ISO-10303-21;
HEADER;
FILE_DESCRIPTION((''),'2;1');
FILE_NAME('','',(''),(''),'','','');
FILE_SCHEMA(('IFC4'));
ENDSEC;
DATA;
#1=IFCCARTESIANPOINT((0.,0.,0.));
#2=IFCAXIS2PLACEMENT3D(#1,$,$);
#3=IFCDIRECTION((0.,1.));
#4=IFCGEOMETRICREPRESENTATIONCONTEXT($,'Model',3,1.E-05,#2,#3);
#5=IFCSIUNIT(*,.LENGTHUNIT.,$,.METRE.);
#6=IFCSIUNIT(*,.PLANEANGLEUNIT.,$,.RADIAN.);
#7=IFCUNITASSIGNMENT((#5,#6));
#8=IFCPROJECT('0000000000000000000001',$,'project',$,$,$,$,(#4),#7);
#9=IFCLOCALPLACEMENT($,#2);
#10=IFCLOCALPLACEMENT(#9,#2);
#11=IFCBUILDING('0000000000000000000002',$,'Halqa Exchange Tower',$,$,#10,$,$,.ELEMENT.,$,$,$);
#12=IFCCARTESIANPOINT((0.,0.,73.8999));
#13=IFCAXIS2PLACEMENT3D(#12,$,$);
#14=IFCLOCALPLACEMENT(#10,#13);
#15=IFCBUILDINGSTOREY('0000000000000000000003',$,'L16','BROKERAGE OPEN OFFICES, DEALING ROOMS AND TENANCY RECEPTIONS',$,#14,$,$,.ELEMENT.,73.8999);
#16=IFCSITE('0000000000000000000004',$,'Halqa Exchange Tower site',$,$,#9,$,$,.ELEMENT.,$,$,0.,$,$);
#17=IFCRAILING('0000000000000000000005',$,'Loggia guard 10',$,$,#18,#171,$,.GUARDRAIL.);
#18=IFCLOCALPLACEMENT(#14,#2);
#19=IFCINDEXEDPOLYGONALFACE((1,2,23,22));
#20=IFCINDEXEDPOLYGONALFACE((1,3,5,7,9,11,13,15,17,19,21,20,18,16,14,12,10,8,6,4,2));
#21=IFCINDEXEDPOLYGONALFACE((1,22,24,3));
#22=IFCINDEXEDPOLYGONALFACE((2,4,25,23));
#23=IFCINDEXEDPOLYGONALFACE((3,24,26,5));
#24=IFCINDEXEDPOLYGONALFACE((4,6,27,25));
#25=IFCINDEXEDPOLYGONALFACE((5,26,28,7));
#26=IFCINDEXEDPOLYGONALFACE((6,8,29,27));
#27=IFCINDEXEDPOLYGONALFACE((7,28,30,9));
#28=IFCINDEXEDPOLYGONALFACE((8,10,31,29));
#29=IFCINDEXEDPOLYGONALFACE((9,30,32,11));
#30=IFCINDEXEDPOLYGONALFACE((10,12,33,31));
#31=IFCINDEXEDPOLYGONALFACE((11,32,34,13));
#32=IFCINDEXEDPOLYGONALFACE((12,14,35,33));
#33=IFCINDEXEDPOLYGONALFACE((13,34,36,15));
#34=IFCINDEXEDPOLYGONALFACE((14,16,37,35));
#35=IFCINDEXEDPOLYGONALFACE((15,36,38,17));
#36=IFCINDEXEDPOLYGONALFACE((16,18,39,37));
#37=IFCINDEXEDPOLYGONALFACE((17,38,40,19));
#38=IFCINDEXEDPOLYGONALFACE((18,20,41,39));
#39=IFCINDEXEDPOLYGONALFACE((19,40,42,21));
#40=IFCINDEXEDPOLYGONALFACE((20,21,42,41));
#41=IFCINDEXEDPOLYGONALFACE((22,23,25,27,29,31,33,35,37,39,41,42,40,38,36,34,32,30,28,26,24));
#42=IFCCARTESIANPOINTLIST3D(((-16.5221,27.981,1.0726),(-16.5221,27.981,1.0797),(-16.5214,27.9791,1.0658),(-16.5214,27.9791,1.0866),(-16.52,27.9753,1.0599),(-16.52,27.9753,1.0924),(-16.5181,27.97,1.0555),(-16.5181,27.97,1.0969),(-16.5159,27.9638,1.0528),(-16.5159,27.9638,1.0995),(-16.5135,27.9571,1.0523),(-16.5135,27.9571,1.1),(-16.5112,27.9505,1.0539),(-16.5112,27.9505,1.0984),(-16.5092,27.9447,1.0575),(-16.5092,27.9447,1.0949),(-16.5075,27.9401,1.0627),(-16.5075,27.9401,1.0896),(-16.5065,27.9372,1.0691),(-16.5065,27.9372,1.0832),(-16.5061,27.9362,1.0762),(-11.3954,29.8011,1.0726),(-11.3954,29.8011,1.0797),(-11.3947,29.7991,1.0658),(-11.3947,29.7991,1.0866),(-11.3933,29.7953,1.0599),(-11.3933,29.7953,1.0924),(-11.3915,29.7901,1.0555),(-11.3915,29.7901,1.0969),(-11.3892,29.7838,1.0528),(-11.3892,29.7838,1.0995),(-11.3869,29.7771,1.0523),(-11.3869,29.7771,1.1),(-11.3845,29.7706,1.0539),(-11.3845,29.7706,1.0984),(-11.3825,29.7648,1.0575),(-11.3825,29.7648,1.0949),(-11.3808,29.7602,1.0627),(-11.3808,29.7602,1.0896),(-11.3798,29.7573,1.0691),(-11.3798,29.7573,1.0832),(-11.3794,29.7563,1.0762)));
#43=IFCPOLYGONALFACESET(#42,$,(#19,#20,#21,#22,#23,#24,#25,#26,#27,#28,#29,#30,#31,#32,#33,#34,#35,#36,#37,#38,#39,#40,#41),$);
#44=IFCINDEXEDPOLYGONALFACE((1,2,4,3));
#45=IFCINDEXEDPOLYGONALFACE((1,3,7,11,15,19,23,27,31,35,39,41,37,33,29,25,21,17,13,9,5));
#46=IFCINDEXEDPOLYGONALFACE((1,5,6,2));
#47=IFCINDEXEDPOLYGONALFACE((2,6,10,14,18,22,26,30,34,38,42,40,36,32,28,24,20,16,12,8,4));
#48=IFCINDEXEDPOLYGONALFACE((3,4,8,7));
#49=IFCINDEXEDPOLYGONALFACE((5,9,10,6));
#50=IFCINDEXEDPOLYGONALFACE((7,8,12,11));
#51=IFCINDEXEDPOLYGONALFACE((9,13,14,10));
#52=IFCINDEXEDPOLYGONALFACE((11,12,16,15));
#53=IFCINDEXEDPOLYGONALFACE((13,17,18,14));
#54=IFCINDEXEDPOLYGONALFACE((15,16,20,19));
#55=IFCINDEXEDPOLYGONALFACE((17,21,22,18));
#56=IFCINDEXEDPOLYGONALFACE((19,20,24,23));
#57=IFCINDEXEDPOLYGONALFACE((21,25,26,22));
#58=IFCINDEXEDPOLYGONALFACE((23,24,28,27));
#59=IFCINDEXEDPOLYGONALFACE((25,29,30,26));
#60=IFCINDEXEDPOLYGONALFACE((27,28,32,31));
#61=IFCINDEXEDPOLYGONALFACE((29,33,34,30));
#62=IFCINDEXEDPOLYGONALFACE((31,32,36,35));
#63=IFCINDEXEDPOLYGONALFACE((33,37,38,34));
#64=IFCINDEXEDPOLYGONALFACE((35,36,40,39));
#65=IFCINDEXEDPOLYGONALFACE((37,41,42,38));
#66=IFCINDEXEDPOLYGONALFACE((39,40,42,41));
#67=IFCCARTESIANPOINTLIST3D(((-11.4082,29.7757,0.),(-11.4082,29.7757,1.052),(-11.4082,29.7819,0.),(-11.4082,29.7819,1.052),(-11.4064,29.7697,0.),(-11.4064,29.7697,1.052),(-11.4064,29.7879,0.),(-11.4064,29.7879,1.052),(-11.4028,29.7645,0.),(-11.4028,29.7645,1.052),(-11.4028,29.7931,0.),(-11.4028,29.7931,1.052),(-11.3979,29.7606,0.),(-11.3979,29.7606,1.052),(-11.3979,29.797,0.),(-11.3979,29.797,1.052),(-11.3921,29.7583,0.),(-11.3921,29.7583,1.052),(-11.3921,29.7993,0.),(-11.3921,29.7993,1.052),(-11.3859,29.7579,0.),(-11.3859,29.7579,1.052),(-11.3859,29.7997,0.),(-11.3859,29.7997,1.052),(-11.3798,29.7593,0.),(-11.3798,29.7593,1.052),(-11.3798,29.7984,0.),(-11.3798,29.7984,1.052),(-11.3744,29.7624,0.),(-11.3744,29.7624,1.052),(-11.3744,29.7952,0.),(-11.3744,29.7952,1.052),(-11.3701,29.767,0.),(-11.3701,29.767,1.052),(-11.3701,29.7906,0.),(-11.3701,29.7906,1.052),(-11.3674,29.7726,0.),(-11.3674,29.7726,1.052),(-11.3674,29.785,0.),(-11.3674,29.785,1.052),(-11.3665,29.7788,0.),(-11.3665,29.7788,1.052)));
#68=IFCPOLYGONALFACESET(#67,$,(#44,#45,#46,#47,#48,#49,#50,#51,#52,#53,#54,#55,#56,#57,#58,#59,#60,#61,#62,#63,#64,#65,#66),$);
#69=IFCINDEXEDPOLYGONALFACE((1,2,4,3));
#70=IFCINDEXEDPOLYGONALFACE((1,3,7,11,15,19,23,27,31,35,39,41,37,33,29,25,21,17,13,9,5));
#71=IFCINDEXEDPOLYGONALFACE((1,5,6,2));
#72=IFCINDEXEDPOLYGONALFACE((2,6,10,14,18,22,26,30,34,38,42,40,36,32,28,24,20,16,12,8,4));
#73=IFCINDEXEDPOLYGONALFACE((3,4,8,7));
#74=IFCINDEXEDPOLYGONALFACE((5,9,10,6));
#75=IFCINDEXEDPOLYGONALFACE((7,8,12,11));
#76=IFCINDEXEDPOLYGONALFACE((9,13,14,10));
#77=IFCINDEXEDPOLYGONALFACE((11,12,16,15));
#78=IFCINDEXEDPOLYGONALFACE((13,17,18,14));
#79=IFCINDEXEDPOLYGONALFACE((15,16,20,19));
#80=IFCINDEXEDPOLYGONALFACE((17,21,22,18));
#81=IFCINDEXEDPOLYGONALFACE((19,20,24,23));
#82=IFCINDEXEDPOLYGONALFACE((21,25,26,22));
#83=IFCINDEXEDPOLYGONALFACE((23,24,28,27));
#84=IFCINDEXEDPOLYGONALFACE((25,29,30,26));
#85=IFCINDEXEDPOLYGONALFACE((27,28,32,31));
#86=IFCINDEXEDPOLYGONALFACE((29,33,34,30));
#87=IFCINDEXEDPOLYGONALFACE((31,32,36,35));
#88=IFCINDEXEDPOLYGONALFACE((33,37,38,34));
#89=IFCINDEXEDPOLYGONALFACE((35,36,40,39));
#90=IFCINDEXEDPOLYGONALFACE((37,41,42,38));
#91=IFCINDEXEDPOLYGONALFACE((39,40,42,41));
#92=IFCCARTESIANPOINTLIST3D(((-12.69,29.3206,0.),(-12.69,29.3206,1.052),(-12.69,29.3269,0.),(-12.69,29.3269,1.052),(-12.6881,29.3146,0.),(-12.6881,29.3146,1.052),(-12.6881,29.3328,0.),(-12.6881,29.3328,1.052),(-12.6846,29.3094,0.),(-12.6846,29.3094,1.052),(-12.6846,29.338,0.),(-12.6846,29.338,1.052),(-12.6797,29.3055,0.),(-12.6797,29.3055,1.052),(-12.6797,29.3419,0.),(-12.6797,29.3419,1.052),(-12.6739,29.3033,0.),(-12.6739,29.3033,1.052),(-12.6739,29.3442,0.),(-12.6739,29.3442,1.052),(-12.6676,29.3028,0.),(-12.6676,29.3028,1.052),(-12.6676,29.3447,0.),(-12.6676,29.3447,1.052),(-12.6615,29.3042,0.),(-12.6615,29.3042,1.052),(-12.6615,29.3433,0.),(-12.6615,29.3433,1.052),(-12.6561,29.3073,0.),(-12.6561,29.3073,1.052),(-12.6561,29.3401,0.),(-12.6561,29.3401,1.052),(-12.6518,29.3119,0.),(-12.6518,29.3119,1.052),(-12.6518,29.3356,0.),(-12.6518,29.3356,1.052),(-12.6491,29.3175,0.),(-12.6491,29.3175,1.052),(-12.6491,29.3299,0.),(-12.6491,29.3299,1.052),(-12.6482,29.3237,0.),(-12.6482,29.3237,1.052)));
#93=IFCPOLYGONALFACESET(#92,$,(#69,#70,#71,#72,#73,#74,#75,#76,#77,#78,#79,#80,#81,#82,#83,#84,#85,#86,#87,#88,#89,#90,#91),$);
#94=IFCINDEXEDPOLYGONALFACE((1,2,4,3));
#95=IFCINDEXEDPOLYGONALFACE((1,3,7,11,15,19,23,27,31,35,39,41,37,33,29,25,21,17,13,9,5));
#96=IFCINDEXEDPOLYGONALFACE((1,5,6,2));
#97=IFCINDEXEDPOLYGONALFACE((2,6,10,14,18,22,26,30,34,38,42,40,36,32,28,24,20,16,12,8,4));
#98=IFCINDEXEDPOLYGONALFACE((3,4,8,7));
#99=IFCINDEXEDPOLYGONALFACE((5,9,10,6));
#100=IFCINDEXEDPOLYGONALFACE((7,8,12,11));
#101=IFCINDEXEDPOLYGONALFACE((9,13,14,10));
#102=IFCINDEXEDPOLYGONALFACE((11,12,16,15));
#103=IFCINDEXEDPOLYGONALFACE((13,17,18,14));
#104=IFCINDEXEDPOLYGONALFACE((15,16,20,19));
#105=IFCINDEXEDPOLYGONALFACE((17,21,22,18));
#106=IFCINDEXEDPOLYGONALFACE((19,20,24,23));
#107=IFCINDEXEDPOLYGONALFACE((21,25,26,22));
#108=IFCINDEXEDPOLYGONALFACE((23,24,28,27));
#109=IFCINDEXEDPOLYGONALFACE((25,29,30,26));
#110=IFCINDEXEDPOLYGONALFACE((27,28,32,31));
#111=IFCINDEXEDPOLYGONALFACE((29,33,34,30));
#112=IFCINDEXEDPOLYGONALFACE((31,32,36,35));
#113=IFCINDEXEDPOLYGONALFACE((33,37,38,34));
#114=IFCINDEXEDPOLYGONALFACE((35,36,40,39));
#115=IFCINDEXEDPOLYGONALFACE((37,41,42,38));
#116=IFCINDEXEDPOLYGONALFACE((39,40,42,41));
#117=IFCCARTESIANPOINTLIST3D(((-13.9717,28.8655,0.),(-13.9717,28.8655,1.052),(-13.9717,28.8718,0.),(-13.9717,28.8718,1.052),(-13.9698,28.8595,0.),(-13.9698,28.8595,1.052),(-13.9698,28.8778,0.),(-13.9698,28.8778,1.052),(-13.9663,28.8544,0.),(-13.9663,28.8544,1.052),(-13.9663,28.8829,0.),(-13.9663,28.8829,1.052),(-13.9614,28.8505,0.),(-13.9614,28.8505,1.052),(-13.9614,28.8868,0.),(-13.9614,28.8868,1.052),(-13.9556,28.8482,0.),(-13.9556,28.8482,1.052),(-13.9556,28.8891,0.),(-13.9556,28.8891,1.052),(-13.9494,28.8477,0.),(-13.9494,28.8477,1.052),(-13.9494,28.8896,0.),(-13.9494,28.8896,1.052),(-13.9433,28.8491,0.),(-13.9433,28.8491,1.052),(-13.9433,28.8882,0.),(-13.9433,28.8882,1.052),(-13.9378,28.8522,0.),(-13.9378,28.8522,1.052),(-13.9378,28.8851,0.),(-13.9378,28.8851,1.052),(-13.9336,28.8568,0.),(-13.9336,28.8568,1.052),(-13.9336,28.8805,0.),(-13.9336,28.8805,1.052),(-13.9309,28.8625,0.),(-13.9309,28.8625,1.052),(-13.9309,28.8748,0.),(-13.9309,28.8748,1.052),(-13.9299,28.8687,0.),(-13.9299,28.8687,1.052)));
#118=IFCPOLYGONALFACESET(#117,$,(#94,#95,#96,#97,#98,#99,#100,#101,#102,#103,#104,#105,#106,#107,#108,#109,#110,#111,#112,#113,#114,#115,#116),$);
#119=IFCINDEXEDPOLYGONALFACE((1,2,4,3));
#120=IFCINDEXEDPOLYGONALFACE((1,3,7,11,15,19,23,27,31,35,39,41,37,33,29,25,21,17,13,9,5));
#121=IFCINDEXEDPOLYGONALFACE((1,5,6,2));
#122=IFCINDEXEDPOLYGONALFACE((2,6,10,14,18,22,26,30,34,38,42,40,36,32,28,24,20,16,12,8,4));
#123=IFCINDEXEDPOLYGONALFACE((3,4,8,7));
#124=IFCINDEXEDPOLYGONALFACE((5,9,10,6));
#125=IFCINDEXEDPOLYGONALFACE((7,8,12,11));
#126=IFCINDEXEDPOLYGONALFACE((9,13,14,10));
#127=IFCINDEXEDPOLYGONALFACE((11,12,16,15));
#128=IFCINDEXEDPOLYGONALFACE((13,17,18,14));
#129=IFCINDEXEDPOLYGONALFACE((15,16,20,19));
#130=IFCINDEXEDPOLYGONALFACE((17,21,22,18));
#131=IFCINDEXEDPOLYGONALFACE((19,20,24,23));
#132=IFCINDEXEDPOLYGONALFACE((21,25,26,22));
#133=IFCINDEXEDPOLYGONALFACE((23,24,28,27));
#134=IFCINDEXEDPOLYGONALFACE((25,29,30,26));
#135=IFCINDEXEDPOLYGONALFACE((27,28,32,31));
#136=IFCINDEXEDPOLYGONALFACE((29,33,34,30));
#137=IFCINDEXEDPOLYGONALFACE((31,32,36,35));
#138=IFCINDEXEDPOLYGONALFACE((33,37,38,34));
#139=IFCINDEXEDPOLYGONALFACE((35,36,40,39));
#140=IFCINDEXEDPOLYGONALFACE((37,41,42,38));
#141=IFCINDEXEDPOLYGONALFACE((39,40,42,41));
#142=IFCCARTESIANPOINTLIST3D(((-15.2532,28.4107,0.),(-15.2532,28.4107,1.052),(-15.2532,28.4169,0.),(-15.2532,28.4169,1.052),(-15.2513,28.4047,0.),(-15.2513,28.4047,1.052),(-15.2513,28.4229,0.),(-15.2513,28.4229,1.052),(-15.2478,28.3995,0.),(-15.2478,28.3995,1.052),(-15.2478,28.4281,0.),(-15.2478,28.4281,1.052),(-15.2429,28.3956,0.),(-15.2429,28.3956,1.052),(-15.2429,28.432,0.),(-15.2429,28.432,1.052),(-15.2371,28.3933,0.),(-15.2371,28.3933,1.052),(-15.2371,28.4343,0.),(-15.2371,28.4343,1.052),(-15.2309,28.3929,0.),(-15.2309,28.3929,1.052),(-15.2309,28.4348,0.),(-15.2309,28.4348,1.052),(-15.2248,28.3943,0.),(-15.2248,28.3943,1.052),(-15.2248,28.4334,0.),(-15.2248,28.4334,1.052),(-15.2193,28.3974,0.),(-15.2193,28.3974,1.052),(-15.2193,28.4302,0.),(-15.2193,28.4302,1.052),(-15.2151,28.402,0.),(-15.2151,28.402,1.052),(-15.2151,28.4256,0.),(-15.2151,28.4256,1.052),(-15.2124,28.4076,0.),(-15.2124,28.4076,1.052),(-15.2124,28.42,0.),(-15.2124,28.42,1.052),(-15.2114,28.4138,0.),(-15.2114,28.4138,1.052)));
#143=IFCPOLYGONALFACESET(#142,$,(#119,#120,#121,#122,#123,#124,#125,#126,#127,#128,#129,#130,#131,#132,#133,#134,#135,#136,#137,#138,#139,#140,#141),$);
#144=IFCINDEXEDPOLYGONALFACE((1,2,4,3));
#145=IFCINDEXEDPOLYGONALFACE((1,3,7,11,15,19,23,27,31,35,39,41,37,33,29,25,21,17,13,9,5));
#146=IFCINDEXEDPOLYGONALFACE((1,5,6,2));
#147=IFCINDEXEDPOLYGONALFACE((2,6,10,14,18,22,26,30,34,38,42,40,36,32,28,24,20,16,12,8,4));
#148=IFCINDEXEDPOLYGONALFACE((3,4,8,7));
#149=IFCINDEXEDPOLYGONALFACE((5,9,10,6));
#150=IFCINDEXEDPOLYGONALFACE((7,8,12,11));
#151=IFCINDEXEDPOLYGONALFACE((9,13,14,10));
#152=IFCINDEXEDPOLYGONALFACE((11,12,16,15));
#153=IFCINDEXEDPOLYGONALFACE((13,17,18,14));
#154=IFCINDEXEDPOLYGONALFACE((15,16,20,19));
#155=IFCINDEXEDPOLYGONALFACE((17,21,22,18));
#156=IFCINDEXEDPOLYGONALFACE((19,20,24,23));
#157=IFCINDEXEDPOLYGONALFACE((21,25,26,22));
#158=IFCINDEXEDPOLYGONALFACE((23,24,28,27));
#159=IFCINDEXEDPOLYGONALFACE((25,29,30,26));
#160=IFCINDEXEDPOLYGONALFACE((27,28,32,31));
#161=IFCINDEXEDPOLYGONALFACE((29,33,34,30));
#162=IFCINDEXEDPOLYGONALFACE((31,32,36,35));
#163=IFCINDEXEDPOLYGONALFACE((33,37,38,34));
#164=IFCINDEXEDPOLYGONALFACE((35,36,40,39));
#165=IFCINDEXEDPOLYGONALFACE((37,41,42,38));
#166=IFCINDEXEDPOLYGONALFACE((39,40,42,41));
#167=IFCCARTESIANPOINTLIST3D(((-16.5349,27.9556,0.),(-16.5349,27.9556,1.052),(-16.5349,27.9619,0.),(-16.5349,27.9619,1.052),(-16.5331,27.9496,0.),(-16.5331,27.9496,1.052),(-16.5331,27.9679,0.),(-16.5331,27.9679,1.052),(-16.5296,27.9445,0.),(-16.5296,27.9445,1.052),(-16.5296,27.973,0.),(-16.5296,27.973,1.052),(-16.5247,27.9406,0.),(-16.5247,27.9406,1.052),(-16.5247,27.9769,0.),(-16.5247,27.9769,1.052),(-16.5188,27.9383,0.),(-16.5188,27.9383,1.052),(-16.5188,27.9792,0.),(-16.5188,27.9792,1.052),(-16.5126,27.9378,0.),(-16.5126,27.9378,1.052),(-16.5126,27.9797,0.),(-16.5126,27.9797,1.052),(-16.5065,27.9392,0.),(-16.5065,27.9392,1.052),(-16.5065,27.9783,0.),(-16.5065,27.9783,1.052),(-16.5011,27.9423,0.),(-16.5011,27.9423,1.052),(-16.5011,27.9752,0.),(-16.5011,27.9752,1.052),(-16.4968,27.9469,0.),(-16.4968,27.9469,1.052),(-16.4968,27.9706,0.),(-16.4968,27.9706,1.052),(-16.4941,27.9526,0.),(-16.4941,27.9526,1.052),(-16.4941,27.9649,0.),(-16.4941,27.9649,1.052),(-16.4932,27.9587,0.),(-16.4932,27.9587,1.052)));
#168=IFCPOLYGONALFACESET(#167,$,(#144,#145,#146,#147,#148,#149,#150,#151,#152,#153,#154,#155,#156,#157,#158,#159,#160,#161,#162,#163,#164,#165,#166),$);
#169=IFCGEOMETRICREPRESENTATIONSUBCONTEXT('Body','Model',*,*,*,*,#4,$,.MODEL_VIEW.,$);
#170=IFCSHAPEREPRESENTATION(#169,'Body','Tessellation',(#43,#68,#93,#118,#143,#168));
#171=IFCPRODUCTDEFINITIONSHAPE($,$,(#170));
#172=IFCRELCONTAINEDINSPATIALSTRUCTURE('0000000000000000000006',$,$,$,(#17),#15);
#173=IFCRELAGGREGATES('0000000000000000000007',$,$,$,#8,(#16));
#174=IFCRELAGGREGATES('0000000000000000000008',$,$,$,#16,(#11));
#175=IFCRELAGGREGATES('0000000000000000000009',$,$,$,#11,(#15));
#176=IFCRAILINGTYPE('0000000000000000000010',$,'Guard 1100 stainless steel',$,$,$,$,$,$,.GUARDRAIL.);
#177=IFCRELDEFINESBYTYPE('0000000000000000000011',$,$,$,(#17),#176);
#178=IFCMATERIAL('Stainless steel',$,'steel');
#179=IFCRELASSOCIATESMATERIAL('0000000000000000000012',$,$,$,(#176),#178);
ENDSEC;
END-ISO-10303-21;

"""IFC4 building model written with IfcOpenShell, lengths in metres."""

from ifc_helpers import new_model, si_unit, direction, frame, origin, origin_2d, place, context, subcontext, project, spatial, circle, extrude, material, type_object, element, save


model = new_model("IFC4")

# Units and contexts
model_context = context("Model", 3, precision=1e-05, world=origin(), true_north=direction((0.0, 1.0)))
body_context = subcontext(model_context, "Body", "Model", "MODEL_VIEW")
ifc_project = project(units=[si_unit("LENGTHUNIT", "METRE"), si_unit("PLANEANGLEUNIT", "RADIAN")], contexts=[model_context])

# Site, building, storey
site_placement = place(None, origin())
site = spatial("IfcSite", under=ifc_project, at=site_placement, Name="Halqa Exchange Tower site", CompositionType="ELEMENT", RefElevation=0.0)
building_placement = place(site_placement, origin())
building = spatial("IfcBuilding", under=site, at=building_placement, Name="Halqa Exchange Tower", CompositionType="ELEMENT")
storey_placement = place(building_placement, frame((0.0, 0.0, 73.8999)))
storey = spatial("IfcBuildingStorey", under=building, at=storey_placement, Name="L16", Description="BROKERAGE OPEN OFFICES, DEALING ROOMS AND TENANCY RECEPTIONS", CompositionType="ELEMENT", Elevation=73.8999)

# Railing
ifc_material_1 = material(Name="Stainless steel", Category="steel")
railing_type_1 = type_object("IfcRailingType", Name="Guard 1100 stainless steel", PredefinedType="GUARDRAIL", material=ifc_material_1)
railing_1_placement = place(storey_placement, frame((-11.3875, 29.7788, 0.0)))
element("IfcRailing", 1, at=railing_1_placement, inside=storey, type_object=railing_type_1, Name="Loggia guard 10", PredefinedType="GUARDRAIL", context=body_context, shape_type="SweptSolid", body=[
    extrude(circle(Radius=0.0239, at=origin_2d()), frame((0.0, 0.0, 1.0762), z_axis=(-0.942375, -0.334559, 0.0), x_axis=(0.334559, -0.942375, 0.0)), (0.0, 0.0, 1.0), 5.4402),
    extrude(circle(Radius=0.021, at=origin_2d()), origin(), (0.0, 0.0, 1.0), 1.052),
    extrude(circle(Radius=0.021, at=origin_2d()), frame((-1.2817, -0.4551, 0.0)), (0.0, 0.0, 1.0), 1.052),
    extrude(circle(Radius=0.021, at=origin_2d()), frame((-2.5635, -0.9102, 0.0)), (0.0, 0.0, 1.0), 1.052),
    extrude(circle(Radius=0.021, at=origin_2d()), frame((-3.845, -1.365, 0.0)), (0.0, 0.0, 1.0), 1.052),
    extrude(circle(Radius=0.021, at=origin_2d()), frame((-5.1267, -1.8201, 0.0)), (0.0, 0.0, 1.0), 1.052),
])

save(model, "model.ifc")
